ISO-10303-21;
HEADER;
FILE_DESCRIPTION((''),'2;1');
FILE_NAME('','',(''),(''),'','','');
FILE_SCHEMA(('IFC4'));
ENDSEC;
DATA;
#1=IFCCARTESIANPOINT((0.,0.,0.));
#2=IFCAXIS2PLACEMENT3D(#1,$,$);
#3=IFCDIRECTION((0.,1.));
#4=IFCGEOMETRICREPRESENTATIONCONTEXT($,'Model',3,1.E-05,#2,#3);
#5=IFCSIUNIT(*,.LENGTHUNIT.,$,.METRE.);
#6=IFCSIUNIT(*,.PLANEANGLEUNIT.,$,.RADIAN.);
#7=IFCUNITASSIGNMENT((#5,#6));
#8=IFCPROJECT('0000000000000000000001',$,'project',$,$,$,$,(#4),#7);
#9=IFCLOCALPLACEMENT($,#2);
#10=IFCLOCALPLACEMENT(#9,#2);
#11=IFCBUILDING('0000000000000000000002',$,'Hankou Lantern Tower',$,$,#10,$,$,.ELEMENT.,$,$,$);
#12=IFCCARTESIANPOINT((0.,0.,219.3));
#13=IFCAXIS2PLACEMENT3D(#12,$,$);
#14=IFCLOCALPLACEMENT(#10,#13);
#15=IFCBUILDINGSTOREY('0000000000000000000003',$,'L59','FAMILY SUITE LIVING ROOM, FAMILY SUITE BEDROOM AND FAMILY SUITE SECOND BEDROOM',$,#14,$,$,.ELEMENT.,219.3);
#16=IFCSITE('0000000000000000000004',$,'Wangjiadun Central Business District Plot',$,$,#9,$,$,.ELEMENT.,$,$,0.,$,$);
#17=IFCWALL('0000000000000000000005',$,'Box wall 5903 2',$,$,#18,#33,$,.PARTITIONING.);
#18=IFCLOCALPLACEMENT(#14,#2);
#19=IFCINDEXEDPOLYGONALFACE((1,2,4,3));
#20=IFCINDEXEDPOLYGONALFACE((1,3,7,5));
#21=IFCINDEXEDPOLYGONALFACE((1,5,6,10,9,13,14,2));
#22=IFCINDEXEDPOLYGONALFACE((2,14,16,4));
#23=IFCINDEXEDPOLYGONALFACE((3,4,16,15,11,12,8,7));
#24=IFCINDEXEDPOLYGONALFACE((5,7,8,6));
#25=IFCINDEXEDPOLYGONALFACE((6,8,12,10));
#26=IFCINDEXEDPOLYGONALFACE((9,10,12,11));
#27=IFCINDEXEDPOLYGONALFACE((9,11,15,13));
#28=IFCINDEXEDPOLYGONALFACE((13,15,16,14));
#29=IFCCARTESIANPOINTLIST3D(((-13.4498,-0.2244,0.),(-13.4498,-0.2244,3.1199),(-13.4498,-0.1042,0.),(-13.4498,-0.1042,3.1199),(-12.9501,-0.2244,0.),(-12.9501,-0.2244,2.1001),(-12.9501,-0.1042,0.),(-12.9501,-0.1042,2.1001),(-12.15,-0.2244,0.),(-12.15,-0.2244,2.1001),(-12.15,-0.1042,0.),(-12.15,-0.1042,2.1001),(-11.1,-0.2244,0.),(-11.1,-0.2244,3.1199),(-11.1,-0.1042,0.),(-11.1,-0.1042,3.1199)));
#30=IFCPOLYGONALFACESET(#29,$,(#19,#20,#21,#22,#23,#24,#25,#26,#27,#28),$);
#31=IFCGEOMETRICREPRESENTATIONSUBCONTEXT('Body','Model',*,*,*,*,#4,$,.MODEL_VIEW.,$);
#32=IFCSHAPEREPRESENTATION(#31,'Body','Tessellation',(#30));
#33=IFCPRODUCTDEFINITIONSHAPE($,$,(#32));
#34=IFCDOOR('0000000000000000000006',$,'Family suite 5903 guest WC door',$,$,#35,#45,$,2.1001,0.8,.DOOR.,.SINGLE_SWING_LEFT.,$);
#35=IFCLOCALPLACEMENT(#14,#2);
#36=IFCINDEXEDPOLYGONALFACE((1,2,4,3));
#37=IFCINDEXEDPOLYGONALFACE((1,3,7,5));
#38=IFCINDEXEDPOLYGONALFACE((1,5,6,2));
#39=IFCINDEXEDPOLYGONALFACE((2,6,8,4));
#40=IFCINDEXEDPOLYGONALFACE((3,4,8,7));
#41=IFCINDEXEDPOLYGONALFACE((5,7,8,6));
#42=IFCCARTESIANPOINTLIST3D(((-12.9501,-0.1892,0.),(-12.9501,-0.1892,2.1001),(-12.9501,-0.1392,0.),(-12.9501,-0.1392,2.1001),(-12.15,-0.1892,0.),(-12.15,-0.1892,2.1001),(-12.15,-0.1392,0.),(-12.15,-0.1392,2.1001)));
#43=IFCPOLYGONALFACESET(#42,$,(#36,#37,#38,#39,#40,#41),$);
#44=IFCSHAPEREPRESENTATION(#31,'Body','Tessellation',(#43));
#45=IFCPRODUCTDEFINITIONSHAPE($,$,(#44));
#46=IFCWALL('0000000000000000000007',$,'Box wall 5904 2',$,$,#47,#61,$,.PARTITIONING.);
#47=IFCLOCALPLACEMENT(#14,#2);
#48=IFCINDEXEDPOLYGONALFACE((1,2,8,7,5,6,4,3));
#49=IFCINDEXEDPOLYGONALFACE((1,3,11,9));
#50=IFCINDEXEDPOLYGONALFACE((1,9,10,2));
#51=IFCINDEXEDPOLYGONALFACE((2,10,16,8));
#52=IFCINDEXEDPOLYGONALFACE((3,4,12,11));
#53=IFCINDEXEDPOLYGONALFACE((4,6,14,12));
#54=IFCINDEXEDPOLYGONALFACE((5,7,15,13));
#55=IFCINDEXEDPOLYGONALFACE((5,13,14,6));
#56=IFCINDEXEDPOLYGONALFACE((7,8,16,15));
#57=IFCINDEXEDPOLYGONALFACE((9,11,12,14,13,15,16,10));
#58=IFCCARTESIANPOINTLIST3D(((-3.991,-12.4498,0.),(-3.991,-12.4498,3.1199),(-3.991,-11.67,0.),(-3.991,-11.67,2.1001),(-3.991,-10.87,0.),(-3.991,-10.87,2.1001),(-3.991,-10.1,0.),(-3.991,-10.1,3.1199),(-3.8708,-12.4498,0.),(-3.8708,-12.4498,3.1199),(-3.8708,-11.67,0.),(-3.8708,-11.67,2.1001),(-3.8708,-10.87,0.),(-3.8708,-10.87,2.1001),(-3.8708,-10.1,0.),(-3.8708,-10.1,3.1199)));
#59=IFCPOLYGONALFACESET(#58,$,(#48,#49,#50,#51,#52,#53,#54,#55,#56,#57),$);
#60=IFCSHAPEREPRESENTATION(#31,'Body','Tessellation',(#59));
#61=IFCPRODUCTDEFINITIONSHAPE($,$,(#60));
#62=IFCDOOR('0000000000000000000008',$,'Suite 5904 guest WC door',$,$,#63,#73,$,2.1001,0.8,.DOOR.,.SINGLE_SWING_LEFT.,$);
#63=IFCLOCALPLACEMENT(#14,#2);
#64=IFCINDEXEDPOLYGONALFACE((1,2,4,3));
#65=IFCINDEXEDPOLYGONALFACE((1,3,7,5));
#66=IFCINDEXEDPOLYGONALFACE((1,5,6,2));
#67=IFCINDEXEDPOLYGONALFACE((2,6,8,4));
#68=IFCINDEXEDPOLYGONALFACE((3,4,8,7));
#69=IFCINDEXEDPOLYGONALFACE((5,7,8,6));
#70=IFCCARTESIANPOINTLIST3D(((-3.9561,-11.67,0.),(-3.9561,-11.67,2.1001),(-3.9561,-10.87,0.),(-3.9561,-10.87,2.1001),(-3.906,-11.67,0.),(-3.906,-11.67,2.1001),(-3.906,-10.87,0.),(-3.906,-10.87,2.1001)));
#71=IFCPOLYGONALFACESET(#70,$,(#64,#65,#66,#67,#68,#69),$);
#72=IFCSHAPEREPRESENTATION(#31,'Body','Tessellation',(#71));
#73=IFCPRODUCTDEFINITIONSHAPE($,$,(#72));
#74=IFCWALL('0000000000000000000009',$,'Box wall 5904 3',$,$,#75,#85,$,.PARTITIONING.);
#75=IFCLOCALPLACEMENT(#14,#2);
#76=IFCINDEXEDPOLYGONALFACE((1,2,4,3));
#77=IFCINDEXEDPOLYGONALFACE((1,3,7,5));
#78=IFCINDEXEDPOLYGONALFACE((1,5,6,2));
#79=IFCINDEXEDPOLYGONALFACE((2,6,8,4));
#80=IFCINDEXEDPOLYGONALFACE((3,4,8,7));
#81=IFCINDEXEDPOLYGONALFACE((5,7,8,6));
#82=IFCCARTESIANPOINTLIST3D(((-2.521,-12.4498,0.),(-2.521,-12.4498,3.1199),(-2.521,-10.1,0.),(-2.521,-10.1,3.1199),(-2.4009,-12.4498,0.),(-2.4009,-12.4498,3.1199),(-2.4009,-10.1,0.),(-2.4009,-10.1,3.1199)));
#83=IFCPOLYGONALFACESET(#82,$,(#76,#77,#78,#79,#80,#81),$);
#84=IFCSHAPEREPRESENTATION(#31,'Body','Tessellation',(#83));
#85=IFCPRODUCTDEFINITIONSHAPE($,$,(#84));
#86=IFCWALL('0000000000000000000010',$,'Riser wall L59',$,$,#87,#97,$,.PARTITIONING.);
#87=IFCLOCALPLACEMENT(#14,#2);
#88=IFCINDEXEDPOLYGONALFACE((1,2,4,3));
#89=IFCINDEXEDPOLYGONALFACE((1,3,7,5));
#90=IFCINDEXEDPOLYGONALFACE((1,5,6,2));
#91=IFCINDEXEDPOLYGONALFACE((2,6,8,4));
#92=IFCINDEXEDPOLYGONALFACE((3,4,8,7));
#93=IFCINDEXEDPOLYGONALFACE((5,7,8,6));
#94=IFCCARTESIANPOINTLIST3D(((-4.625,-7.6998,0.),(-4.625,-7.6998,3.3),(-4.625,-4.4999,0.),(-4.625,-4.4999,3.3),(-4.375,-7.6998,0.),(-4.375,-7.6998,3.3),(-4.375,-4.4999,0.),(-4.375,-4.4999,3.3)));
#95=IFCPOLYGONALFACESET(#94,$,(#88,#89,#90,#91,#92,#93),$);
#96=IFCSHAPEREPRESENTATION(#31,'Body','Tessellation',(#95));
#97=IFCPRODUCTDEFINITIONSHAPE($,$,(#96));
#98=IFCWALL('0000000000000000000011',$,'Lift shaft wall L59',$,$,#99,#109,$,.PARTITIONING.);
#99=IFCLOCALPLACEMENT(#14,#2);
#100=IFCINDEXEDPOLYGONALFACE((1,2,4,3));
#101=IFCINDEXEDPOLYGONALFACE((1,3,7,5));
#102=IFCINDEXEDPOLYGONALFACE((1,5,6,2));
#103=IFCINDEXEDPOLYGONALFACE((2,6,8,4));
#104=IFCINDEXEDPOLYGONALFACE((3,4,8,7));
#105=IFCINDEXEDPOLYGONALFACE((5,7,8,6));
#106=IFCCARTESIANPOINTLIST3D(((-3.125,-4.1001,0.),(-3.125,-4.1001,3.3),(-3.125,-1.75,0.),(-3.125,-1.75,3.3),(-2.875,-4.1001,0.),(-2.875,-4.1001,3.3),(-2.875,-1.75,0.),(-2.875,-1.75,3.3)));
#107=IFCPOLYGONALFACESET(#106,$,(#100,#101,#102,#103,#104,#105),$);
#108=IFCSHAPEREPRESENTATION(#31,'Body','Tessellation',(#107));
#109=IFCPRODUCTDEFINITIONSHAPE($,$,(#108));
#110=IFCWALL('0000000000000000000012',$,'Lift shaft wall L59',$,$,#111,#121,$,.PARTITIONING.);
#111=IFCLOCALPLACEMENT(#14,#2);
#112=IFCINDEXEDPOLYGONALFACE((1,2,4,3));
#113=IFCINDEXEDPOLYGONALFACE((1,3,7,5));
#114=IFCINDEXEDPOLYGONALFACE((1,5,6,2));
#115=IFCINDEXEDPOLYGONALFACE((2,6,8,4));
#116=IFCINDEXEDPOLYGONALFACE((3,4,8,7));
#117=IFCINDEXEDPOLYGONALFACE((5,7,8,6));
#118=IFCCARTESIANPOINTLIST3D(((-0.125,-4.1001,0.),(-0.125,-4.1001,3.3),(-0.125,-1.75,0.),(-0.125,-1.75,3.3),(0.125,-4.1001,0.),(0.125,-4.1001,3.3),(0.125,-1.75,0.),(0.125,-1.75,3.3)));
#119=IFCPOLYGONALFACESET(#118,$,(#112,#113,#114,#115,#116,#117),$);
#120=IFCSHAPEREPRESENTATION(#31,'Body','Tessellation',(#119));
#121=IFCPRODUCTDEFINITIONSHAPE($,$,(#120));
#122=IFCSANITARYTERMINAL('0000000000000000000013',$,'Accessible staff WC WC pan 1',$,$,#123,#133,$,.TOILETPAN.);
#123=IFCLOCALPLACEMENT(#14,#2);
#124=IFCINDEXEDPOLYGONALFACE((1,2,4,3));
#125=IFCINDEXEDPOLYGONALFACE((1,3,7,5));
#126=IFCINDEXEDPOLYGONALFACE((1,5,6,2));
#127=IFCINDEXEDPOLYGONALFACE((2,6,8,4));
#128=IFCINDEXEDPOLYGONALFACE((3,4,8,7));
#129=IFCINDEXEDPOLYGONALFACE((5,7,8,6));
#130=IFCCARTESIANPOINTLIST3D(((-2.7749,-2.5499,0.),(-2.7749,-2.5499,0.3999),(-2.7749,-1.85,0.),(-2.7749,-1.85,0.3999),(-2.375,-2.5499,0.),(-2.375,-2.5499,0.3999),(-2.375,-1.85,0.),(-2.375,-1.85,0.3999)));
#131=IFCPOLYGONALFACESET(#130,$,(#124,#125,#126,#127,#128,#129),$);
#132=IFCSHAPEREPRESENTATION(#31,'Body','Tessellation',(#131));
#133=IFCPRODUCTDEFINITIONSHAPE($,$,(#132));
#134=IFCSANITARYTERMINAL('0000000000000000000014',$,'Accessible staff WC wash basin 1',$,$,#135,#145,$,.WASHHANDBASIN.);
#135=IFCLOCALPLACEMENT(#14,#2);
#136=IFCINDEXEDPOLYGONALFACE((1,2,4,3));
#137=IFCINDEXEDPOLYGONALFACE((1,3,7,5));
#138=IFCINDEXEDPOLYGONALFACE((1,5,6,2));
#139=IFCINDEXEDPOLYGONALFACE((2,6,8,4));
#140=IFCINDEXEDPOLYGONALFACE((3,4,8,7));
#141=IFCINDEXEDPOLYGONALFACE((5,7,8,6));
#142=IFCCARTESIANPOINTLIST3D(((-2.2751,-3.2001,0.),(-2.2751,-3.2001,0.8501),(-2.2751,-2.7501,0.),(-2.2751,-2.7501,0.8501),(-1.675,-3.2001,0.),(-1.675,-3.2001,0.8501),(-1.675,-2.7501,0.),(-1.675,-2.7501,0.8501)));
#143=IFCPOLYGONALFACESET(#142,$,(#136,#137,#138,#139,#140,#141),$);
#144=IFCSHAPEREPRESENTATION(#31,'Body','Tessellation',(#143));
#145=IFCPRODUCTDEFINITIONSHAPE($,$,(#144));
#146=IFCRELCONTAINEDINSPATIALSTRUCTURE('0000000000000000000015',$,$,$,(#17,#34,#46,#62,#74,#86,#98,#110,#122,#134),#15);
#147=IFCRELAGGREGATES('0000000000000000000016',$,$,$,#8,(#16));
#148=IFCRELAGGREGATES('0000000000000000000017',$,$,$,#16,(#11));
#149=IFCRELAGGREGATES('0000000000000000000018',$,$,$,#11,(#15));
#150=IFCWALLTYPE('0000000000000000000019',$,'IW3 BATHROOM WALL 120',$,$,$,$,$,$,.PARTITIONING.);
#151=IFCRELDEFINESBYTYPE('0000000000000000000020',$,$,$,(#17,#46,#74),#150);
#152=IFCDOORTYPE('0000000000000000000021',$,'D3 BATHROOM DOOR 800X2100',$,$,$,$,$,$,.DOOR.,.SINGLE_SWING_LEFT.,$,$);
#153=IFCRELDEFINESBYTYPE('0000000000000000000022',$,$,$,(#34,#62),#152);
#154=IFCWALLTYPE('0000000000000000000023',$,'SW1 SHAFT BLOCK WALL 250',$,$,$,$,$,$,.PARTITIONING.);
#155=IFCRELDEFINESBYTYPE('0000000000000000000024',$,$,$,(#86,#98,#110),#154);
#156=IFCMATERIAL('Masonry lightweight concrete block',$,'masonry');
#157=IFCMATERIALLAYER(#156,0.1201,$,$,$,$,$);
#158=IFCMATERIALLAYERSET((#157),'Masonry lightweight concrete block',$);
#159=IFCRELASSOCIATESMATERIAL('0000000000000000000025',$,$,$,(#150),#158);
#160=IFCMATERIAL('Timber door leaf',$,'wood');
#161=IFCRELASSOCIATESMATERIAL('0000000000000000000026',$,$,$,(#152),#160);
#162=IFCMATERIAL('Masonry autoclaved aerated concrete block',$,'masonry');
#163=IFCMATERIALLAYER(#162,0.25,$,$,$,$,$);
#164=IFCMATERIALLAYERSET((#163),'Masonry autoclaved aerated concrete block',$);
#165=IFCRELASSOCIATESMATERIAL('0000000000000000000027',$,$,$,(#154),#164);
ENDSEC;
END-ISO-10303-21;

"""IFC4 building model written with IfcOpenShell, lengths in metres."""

from ifc_helpers import new_model, si_unit, direction, frame, frame_2d, origin, origin_2d, place, context, subcontext, project, spatial, rectangle, extrude, material, layer, layer_set, type_object, element, fill, save


model = new_model("IFC4")

# Units and contexts
model_context = context("Model", 3, precision=1e-05, world=origin(), true_north=direction((0.0, 1.0)))
body_context = subcontext(model_context, "Body", "Model", "MODEL_VIEW")
ifc_project = project(units=[si_unit("LENGTHUNIT", "METRE"), si_unit("PLANEANGLEUNIT", "RADIAN")], contexts=[model_context])

# Site, building, storey
site_placement = place(None, origin())
site = spatial("IfcSite", under=ifc_project, at=site_placement, Name="Wangjiadun Central Business District Plot", CompositionType="ELEMENT", RefElevation=0.0)
building_placement = place(site_placement, origin())
building = spatial("IfcBuilding", under=site, at=building_placement, Name="Hankou Lantern Tower", CompositionType="ELEMENT")
storey_placement = place(building_placement, frame((0.0, 0.0, 219.3)))
storey = spatial("IfcBuildingStorey", under=building, at=storey_placement, Name="L59", Description="FAMILY SUITE LIVING ROOM, FAMILY SUITE BEDROOM AND FAMILY SUITE SECOND BEDROOM", CompositionType="ELEMENT", Elevation=219.3)

# Walls, openings, doors
ifc_material_1 = material(Name="Masonry lightweight concrete block", Category="masonry")
ifc_layer_1 = layer(ifc_material_1, 0.1201)
ifc_layer_set_1 = layer_set([ifc_layer_1], Name="Masonry lightweight concrete block")
wall_type_1 = type_object("IfcWallType", Name="IW3 BATHROOM WALL 120", PredefinedType="PARTITIONING", material=ifc_layer_set_1)
wall_1_placement = place(storey_placement, frame((-11.1001, -0.1643, 0.0), z_axis=(0.0, 0.0, 1.0), x_axis=(-1.0, 0.0, 0.0)))
wall_1 = element("IfcWall", 1, at=wall_1_placement, inside=storey, type_object=wall_type_1, Name="Box wall 5903 2", PredefinedType="PARTITIONING", context=body_context, shape_type="SweptSolid", body=[
    extrude(rectangle(XDim=2.3499, YDim=0.1201, at=frame_2d((1.1748, 0.0))), origin(), (0.0, 0.0, 1.0), 3.1199),
])
opening_1_placement = place(wall_1_placement, frame((1.05, 0.0, 0.0)))
opening_1 = element("IfcOpeningElement", 2, at=opening_1_placement, cuts=wall_1, PredefinedType="OPENING", context=body_context, shape_type="SweptSolid", body=[
    extrude(rectangle(XDim=0.8, YDim=2.1001, at=frame_2d((0.3999, 1.05))), frame((0.0, 0.0701, 0.0), z_axis=(0.0, -1.0, 0.0), x_axis=(1.0, 0.0, 0.0)), (0.0, 0.0, 1.0), 0.1401),
])
ifc_material_2 = material(Name="Timber door leaf", Category="wood")
door_type_1 = type_object("IfcDoorType", Name="D3 BATHROOM DOOR 800X2100", OperationType="SINGLE_SWING_LEFT", PredefinedType="DOOR", material=ifc_material_2)
door_1_placement = place(opening_1_placement, origin())
door_1 = element("IfcDoor", 3, at=door_1_placement, inside=storey, type_object=door_type_1, Name="Family suite 5903 guest WC door", OperationType="SINGLE_SWING_LEFT", OverallHeight=2.1001, OverallWidth=0.8, PredefinedType="DOOR", context=body_context, shape_type="SweptSolid", body=[
    extrude(rectangle(XDim=0.8, YDim=2.1001, at=frame_2d((0.3999, 1.05))), frame((0.0, 0.0249, 0.0), z_axis=(0.0, -1.0, 0.0), x_axis=(1.0, 0.0, 0.0)), (0.0, 0.0, 1.0), 0.05),
])
fill(opening_1, door_1)
wall_2_placement = place(storey_placement, frame((-3.9309, -10.1001, 0.0), z_axis=(0.0, 0.0, 1.0), x_axis=(0.0, -1.0, 0.0)))
wall_2 = element("IfcWall", 4, at=wall_2_placement, inside=storey, type_object=wall_type_1, Name="Box wall 5904 2", PredefinedType="PARTITIONING", context=body_context, shape_type="SweptSolid", body=[
    extrude(rectangle(XDim=2.3499, YDim=0.1201, at=frame_2d((1.1748, 0.0))), origin(), (0.0, 0.0, 1.0), 3.1199),
])
opening_2_placement = place(wall_2_placement, frame((0.77, 0.0, 0.0)))
opening_2 = element("IfcOpeningElement", 5, at=opening_2_placement, cuts=wall_2, PredefinedType="OPENING", context=body_context, shape_type="SweptSolid", body=[
    extrude(rectangle(XDim=0.8, YDim=2.1001, at=frame_2d((0.3999, 1.05))), frame((0.0, 0.0701, 0.0), z_axis=(0.0, -1.0, 0.0), x_axis=(1.0, 0.0, 0.0)), (0.0, 0.0, 1.0), 0.1401),
])
door_2_placement = place(opening_2_placement, origin())
door_2 = element("IfcDoor", 6, at=door_2_placement, inside=storey, type_object=door_type_1, Name="Suite 5904 guest WC door", OperationType="SINGLE_SWING_LEFT", OverallHeight=2.1001, OverallWidth=0.8, PredefinedType="DOOR", context=body_context, shape_type="SweptSolid", body=[
    extrude(rectangle(XDim=0.8, YDim=2.1001, at=frame_2d((0.3999, 1.05))), frame((0.0, 0.0249, 0.0), z_axis=(0.0, -1.0, 0.0), x_axis=(1.0, 0.0, 0.0)), (0.0, 0.0, 1.0), 0.05),
])
fill(opening_2, door_2)

# Walls
wall_3_placement = place(storey_placement, frame((-2.4609, -10.1001, 0.0), z_axis=(0.0, 0.0, 1.0), x_axis=(0.0, -1.0, 0.0)))
element("IfcWall", 7, at=wall_3_placement, inside=storey, type_object=wall_type_1, Name="Box wall 5904 3", PredefinedType="PARTITIONING", context=body_context, shape_type="SweptSolid", body=[
    extrude(rectangle(XDim=2.3499, YDim=0.1201, at=frame_2d((1.1748, 0.0))), origin(), (0.0, 0.0, 1.0), 3.1199),
])
ifc_material_3 = material(Name="Masonry autoclaved aerated concrete block", Category="masonry")
ifc_layer_2 = layer(ifc_material_3, 0.25)
ifc_layer_set_2 = layer_set([ifc_layer_2], Name="Masonry autoclaved aerated concrete block")
wall_type_2 = type_object("IfcWallType", Name="SW1 SHAFT BLOCK WALL 250", PredefinedType="PARTITIONING", material=ifc_layer_set_2)
wall_4_placement = place(storey_placement, frame((-4.5, -7.7, 0.0), z_axis=(0.0, 0.0, 1.0), x_axis=(0.0, 1.0, 0.0)))
element("IfcWall", 8, at=wall_4_placement, inside=storey, type_object=wall_type_2, Name="Riser wall L59", PredefinedType="PARTITIONING", context=body_context, shape_type="SweptSolid", body=[
    extrude(rectangle(XDim=3.2, YDim=0.25, at=frame_2d((1.6001, 0.0))), origin(), (0.0, 0.0, 1.0), 3.3),
])
for number, where, z_axis, x_axis, name in (
    (9, (-3.0, -4.1001, 0.0), (0.0, 0.0, 1.0), (0.0, 1.0, 0.0), "Lift shaft wall L59"),
    (10, (0.0, -4.1001, 0.0), (0.0, 0.0, 1.0), (0.0, 1.0, 0.0), "Lift shaft wall L59"),
):
    element("IfcWall", number, at=place(storey_placement, frame(where, z_axis=z_axis, x_axis=x_axis)), inside=storey, type_object=wall_type_2, Name=name, PredefinedType="PARTITIONING", context=body_context, shape_type="SweptSolid", body=[
        extrude(rectangle(XDim=2.3501, YDim=0.25, at=frame_2d((1.175, 0.0))), origin(), (0.0, 0.0, 1.0), 3.3),
    ])

# Sanitary terminals
sanitary_terminal_1_placement = place(storey_placement, frame((-2.575, -2.2, 0.0), z_axis=(0.0, 0.0, 1.0), x_axis=(1.0, 0.0, 0.0)))
element("IfcSanitaryTerminal", 11, at=sanitary_terminal_1_placement, inside=storey, Name="Accessible staff WC WC pan 1", PredefinedType="TOILETPAN", context=body_context, shape_type="SweptSolid", body=[
    extrude(rectangle(XDim=0.3999, YDim=0.7, at=origin_2d()), origin(), (0.0, 0.0, 1.0), 0.3999),
])
sanitary_terminal_2_placement = place(storey_placement, frame((-1.9751, -2.9751, 0.0), z_axis=(0.0, 0.0, 1.0), x_axis=(1.0, 0.0, 0.0)))
element("IfcSanitaryTerminal", 12, at=sanitary_terminal_2_placement, inside=storey, Name="Accessible staff WC wash basin 1", PredefinedType="WASHHANDBASIN", context=body_context, shape_type="SweptSolid", body=[
    extrude(rectangle(XDim=0.6001, YDim=0.45, at=origin_2d()), origin(), (0.0, 0.0, 1.0), 0.8501),
])

save(model, "model.ifc")
